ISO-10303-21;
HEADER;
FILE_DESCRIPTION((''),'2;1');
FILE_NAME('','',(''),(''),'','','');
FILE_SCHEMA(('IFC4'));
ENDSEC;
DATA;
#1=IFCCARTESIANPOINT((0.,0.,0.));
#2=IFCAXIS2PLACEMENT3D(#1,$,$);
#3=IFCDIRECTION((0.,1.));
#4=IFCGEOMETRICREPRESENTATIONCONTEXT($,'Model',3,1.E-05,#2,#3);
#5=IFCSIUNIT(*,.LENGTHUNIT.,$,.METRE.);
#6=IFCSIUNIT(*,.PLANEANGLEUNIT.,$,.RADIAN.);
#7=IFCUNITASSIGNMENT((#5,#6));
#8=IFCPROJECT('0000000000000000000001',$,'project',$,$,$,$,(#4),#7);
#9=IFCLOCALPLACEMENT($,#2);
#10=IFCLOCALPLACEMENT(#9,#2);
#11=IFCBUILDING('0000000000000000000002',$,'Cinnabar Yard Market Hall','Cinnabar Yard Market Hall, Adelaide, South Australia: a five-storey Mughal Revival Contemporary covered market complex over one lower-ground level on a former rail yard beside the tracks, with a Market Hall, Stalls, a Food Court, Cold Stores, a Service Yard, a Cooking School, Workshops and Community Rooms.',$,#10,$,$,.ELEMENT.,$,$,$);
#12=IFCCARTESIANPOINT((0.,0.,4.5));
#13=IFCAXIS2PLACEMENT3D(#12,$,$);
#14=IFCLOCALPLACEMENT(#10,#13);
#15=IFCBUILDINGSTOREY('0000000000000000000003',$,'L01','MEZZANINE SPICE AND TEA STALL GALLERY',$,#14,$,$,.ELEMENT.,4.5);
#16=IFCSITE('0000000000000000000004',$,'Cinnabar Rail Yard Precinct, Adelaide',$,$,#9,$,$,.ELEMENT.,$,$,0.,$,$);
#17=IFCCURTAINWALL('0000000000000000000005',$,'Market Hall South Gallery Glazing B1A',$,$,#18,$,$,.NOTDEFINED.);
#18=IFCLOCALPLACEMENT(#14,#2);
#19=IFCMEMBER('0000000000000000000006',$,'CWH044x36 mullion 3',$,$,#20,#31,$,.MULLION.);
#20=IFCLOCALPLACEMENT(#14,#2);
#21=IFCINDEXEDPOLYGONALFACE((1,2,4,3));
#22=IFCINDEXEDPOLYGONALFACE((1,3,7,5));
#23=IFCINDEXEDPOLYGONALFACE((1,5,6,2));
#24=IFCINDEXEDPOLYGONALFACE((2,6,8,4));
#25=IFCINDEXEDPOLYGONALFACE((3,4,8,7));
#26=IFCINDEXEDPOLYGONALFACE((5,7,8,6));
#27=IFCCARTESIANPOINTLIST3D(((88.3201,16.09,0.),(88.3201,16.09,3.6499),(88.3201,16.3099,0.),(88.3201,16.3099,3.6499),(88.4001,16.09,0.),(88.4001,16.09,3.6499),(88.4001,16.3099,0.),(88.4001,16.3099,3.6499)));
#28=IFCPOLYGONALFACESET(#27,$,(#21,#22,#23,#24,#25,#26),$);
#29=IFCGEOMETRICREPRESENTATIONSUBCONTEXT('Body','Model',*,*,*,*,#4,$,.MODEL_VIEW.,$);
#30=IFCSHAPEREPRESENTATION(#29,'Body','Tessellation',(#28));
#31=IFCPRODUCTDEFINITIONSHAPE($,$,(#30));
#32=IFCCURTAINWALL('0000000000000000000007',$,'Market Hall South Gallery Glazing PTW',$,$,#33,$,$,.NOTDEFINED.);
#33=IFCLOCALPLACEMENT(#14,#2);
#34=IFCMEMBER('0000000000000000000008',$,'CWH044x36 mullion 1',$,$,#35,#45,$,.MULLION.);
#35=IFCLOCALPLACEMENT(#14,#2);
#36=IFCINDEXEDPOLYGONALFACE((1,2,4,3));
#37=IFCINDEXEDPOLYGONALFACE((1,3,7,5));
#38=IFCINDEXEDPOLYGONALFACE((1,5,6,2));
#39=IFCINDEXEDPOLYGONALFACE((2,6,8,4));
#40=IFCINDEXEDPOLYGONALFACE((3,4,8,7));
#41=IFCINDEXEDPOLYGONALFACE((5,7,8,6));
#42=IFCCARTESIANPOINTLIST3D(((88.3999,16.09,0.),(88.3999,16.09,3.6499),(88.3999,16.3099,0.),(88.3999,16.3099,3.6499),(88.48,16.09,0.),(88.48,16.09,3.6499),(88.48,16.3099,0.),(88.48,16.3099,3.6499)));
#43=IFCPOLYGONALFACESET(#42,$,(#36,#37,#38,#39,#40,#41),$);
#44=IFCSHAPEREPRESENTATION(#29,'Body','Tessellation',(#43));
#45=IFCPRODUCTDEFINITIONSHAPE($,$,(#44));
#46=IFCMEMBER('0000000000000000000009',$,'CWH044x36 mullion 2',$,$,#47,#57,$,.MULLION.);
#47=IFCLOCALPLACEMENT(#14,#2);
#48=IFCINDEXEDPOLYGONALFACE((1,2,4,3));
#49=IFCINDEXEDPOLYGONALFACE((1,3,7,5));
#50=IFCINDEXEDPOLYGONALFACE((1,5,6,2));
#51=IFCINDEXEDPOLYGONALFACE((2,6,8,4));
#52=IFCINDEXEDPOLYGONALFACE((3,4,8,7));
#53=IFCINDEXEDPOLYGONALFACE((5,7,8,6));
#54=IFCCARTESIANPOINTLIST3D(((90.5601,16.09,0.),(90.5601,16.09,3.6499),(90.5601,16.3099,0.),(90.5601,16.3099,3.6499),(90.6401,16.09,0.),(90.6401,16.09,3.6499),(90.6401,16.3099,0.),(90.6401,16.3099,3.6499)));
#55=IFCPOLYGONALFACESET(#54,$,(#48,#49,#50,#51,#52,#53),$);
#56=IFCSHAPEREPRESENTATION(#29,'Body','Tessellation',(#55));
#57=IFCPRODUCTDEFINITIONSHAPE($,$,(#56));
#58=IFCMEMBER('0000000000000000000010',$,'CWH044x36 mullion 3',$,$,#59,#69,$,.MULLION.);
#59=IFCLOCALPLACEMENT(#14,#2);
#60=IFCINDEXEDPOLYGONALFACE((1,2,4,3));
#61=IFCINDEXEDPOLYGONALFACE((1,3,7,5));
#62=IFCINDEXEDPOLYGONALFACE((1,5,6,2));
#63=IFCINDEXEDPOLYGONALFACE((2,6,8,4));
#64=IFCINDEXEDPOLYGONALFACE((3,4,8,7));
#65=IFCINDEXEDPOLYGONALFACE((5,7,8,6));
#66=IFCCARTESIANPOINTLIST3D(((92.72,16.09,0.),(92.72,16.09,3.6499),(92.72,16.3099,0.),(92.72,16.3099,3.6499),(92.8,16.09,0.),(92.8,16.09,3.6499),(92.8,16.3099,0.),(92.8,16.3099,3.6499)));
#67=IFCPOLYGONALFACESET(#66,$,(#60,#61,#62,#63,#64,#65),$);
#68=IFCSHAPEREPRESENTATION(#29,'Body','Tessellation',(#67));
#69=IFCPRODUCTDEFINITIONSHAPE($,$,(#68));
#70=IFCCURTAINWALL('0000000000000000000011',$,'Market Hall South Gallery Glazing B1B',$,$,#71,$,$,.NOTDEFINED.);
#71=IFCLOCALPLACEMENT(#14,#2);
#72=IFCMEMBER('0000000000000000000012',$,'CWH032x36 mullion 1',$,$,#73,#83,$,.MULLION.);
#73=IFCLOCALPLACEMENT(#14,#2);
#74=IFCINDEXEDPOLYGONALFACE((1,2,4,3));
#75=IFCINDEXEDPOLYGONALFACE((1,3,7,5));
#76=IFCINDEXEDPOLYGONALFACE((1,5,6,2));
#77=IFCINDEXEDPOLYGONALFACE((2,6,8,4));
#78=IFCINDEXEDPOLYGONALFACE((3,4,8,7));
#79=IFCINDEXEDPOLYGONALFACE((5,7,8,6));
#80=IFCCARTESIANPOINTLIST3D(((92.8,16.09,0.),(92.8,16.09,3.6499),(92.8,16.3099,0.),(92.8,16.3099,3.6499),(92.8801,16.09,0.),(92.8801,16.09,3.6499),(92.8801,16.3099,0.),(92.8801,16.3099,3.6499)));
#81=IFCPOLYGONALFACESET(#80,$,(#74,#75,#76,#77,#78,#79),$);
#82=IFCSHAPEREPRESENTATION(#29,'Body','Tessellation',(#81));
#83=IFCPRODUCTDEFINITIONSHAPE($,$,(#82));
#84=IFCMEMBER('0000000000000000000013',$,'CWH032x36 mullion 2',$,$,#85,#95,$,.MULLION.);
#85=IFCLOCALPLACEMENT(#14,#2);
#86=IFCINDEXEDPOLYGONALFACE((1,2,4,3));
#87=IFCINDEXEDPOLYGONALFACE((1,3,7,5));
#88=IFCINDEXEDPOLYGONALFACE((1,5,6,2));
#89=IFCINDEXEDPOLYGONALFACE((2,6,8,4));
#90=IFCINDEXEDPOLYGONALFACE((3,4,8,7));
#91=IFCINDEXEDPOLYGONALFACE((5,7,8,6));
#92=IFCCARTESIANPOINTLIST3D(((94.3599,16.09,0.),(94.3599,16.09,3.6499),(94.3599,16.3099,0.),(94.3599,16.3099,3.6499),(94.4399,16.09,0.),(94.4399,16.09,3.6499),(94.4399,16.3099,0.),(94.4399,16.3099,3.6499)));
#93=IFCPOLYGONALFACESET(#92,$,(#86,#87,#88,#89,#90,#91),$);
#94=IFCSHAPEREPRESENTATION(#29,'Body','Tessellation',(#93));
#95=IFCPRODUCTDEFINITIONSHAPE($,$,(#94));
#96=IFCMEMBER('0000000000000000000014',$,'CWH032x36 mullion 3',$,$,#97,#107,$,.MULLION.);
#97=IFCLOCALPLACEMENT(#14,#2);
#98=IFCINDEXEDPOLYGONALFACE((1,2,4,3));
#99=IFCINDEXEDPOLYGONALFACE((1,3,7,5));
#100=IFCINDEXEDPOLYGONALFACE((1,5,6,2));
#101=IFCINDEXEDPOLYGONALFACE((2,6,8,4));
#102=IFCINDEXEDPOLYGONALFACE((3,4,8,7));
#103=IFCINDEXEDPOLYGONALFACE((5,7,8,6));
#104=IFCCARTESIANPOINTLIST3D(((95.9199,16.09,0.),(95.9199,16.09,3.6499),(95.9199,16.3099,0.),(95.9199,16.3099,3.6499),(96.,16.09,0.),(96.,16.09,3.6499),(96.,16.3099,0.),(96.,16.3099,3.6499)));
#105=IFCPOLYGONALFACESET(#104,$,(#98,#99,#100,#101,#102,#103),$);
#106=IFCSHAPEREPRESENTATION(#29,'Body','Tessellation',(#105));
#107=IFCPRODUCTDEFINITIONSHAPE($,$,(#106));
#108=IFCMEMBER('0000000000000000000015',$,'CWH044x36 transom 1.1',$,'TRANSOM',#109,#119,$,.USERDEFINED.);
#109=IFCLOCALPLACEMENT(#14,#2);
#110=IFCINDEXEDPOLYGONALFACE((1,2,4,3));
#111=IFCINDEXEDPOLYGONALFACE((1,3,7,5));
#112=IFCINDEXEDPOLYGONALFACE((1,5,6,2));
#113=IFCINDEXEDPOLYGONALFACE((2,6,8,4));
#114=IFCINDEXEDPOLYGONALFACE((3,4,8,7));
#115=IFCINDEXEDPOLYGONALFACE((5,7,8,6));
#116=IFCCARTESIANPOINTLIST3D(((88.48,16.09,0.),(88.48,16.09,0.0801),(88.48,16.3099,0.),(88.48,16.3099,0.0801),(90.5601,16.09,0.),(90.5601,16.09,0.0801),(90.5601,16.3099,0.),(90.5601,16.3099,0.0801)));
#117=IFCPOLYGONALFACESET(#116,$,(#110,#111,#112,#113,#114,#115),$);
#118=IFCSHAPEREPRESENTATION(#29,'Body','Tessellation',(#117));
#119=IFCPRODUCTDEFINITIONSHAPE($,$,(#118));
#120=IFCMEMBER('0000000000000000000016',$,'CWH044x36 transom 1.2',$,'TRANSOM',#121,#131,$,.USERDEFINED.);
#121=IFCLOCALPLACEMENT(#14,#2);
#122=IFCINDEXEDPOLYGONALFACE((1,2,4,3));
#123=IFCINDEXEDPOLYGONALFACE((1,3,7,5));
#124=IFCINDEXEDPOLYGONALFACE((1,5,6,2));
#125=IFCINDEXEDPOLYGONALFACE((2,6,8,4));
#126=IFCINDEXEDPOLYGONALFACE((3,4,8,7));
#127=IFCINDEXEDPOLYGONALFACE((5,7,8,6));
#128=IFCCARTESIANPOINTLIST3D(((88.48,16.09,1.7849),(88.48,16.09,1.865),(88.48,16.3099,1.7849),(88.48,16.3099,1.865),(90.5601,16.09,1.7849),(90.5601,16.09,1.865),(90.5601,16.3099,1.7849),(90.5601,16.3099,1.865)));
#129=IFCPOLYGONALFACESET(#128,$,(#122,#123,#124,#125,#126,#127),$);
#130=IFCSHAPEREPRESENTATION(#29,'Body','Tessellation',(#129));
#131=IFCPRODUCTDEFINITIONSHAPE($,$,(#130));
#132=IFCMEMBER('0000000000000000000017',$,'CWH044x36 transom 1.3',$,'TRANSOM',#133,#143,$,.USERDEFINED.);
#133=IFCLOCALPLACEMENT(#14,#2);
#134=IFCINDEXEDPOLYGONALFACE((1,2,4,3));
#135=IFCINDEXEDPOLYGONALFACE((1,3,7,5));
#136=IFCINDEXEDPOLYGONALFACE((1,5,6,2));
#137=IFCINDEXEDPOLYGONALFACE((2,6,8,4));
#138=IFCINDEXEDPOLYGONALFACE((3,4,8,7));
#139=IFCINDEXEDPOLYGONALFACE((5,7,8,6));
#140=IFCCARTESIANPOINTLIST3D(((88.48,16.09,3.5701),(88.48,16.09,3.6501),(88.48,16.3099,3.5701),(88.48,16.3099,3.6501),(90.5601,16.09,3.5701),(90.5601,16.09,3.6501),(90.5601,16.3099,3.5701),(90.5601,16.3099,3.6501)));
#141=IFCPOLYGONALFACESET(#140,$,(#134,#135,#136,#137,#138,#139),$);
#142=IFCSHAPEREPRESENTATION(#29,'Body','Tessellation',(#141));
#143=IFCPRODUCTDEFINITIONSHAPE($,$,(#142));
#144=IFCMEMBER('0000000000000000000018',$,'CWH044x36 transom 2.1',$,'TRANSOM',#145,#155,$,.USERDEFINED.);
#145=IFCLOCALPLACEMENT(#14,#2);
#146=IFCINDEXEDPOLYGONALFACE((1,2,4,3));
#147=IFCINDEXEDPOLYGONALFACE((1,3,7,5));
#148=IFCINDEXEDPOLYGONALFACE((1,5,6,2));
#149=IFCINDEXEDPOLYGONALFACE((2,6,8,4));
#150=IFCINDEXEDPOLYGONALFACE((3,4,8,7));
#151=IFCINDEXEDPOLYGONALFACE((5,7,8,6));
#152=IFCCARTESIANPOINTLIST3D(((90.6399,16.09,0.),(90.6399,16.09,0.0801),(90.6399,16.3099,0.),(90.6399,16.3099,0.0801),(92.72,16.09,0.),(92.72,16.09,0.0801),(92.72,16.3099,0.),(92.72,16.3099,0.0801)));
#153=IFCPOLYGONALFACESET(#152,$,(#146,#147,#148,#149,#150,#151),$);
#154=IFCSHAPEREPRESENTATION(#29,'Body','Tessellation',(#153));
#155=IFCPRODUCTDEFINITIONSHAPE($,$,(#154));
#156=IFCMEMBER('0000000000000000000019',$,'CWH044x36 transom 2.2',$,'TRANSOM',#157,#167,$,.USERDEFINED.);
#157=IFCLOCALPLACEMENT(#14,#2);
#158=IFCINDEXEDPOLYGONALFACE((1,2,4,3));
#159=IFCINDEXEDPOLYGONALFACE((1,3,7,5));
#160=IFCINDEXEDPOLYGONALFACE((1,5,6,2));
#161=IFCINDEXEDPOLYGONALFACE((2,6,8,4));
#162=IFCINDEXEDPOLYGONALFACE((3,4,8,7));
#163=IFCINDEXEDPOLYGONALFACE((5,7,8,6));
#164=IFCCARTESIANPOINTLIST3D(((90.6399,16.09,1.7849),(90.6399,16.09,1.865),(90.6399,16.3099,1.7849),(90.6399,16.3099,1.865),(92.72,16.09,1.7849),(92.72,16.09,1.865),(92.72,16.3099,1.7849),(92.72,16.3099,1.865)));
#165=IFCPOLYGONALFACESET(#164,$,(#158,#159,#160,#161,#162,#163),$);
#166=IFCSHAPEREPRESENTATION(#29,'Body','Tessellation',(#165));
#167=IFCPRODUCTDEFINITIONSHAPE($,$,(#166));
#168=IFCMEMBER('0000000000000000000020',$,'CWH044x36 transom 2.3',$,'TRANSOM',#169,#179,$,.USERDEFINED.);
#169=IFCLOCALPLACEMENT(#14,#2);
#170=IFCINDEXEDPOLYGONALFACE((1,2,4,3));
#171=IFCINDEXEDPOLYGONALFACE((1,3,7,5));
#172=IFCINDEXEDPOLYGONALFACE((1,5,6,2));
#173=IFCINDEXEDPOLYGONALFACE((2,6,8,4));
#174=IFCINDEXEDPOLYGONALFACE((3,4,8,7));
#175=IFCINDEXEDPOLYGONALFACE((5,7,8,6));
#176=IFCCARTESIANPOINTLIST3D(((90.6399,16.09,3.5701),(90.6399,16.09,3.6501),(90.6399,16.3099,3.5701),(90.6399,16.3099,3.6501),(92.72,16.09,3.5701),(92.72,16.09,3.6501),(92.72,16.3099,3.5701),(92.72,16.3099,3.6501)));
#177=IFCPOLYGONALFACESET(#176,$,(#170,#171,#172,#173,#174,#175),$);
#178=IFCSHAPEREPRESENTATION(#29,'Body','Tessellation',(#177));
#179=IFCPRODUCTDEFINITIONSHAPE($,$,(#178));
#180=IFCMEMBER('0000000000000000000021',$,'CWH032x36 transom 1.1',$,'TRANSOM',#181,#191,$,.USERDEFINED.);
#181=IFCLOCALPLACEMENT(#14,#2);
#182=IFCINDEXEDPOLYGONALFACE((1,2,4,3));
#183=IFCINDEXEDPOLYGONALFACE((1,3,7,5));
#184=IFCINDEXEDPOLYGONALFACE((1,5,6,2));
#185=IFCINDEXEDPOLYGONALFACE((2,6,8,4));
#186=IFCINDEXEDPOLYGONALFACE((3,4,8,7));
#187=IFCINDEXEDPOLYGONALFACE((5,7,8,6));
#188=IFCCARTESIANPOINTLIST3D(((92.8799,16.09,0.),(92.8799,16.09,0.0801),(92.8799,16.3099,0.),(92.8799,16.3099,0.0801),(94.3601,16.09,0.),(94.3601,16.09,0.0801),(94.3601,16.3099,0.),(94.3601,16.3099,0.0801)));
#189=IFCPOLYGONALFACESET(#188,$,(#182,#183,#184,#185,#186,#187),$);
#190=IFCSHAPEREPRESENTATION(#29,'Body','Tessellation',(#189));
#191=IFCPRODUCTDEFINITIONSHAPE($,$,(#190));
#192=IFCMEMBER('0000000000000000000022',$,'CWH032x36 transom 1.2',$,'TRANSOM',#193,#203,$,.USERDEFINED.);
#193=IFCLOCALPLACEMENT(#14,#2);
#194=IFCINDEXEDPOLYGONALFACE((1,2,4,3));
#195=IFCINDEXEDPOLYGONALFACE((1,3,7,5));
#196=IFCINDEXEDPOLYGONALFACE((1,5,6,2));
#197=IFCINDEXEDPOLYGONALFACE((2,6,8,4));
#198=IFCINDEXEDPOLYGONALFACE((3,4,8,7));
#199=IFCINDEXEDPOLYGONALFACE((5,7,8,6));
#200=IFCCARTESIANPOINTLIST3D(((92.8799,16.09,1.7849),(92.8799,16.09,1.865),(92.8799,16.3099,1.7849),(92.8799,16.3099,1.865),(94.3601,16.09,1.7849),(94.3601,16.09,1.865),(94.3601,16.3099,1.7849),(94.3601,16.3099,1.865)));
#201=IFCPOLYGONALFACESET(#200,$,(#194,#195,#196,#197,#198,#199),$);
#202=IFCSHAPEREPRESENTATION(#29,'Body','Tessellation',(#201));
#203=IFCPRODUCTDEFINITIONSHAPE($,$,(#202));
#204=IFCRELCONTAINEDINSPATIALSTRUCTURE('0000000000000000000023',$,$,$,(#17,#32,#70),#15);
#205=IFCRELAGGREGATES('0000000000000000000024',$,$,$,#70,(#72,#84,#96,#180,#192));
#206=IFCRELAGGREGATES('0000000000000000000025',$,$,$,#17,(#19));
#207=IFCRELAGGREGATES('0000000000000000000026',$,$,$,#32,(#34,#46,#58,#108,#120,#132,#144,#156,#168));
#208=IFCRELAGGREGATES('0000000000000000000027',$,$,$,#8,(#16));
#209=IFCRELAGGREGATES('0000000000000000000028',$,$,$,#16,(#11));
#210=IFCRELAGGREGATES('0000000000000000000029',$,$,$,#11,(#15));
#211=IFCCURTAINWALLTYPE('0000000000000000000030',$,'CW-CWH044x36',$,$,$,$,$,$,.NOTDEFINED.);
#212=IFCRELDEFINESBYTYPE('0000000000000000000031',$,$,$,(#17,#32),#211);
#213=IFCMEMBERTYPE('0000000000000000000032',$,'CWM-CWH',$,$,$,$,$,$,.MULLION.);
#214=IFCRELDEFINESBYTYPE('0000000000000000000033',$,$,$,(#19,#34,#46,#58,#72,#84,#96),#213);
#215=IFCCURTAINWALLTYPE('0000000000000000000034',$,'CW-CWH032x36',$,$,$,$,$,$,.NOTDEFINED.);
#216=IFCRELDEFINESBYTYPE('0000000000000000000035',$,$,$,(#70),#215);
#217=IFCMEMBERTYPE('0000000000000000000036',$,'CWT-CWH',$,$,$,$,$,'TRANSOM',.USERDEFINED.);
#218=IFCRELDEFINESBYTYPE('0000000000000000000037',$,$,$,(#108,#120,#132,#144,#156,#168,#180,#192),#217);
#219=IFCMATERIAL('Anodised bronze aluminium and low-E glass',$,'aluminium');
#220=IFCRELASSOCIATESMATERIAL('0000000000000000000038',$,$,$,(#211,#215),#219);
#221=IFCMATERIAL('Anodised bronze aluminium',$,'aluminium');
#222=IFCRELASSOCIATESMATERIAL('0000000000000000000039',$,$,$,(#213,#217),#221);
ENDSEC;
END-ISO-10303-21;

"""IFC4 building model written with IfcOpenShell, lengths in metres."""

from ifc_helpers import new_model, si_unit, direction, frame, origin, origin_2d_with_axis, place, context, subcontext, project, spatial, rectangle, extrude, material, material_profile, profile_set, type_object, element, aggregate, save


model = new_model("IFC4")

# Units and contexts
model_context = context("Model", 3, precision=1e-05, world=origin(), true_north=direction((0.0, 1.0)))
body_context = subcontext(model_context, "Body", "Model", "MODEL_VIEW")
ifc_project = project(units=[si_unit("LENGTHUNIT", "METRE"), si_unit("PLANEANGLEUNIT", "RADIAN")], contexts=[model_context])

# Site, building, storey
site_placement = place(None, origin())
site = spatial("IfcSite", under=ifc_project, at=site_placement, Name="Cinnabar Rail Yard Precinct, Adelaide", CompositionType="ELEMENT", RefElevation=0.0)
building_placement = place(site_placement, origin())
building = spatial("IfcBuilding", under=site, at=building_placement, Name="Cinnabar Yard Market Hall", Description="Cinnabar Yard Market Hall, Adelaide, South Australia: a five-storey Mughal Revival Contemporary covered market complex over one lower-ground level on a former rail yard beside the tracks, with a Market Hall, Stalls, a Food Court, Cold Stores, a Service Yard, a Cooking School, Workshops and Community Rooms.", CompositionType="ELEMENT")
storey_placement = place(building_placement, frame((0.0, 0.0, 4.5)))
storey = spatial("IfcBuildingStorey", under=building, at=storey_placement, Name="L01", Description="MEZZANINE SPICE AND TEA STALL GALLERY", CompositionType="ELEMENT", Elevation=4.5)

# Curtain wall, member
ifc_material_1 = material(Name="Anodised bronze aluminium and low-E glass", Category="aluminium")
curtain_wall_type_1 = type_object("IfcCurtainWallType", Name="CW-CWH044x36", PredefinedType="NOTDEFINED", material=ifc_material_1)
curtain_wall_1_placement = place(storey_placement, origin())
curtain_wall_1 = element("IfcCurtainWall", 1, at=curtain_wall_1_placement, inside=storey, type_object=curtain_wall_type_1, Name="Market Hall South Gallery Glazing B1A", PredefinedType="NOTDEFINED")
ifc_material_2 = material(Name="Anodised bronze aluminium", Category="aluminium")
ifc_material_profile_1 = material_profile(ifc_material_2, rectangle(XDim=0.22, YDim=0.0801, at=origin_2d_with_axis()), Name="MUL-CWH")
ifc_profile_set_1 = profile_set([ifc_material_profile_1], Name="Anodised bronze aluminium")
member_type_1 = type_object("IfcMemberType", Name="CWM-CWH", PredefinedType="MULLION", material=ifc_profile_set_1)
member_1_placement = place(storey_placement, frame((88.3601, 16.2, 0.0), z_axis=(0.0, 0.0, 1.0), x_axis=(0.0, 1.0, 0.0)))
member_1 = element("IfcMember", 2, at=member_1_placement, type_object=member_type_1, Name="CWH044x36 mullion 3", PredefinedType="MULLION", context=body_context, shape_type="SweptSolid", body=[
    extrude(rectangle(XDim=0.22, YDim=0.0801, at=origin_2d_with_axis()), origin(), (0.0, 0.0, 1.0), 3.6499),
])

# Curtain walls, members
curtain_wall_2_placement = place(storey_placement, origin())
curtain_wall_2 = element("IfcCurtainWall", 3, at=curtain_wall_2_placement, inside=storey, type_object=curtain_wall_type_1, Name="Market Hall South Gallery Glazing PTW", PredefinedType="NOTDEFINED")
member_2_placement = place(storey_placement, frame((88.4399, 16.2, 0.0), z_axis=(0.0, 0.0, 1.0), x_axis=(0.0, 1.0, 0.0)))
member_2 = element("IfcMember", 4, at=member_2_placement, type_object=member_type_1, Name="CWH044x36 mullion 1", PredefinedType="MULLION", context=body_context, shape_type="SweptSolid", body=[
    extrude(rectangle(XDim=0.22, YDim=0.0801, at=origin_2d_with_axis()), origin(), (0.0, 0.0, 1.0), 3.6499),
])
member_3_placement = place(storey_placement, frame((90.6001, 16.2, 0.0), z_axis=(0.0, 0.0, 1.0), x_axis=(0.0, 1.0, 0.0)))
member_3 = element("IfcMember", 5, at=member_3_placement, type_object=member_type_1, Name="CWH044x36 mullion 2", PredefinedType="MULLION", context=body_context, shape_type="SweptSolid", body=[
    extrude(rectangle(XDim=0.22, YDim=0.0801, at=origin_2d_with_axis()), origin(), (0.0, 0.0, 1.0), 3.6499),
])
member_4_placement = place(storey_placement, frame((92.76, 16.2, 0.0), z_axis=(0.0, 0.0, 1.0), x_axis=(0.0, 1.0, 0.0)))
member_4 = element("IfcMember", 6, at=member_4_placement, type_object=member_type_1, Name="CWH044x36 mullion 3", PredefinedType="MULLION", context=body_context, shape_type="SweptSolid", body=[
    extrude(rectangle(XDim=0.22, YDim=0.0801, at=origin_2d_with_axis()), origin(), (0.0, 0.0, 1.0), 3.6499),
])
curtain_wall_type_2 = type_object("IfcCurtainWallType", Name="CW-CWH032x36", PredefinedType="NOTDEFINED", material=ifc_material_1)
curtain_wall_3_placement = place(storey_placement, origin())
curtain_wall_3 = element("IfcCurtainWall", 7, at=curtain_wall_3_placement, inside=storey, type_object=curtain_wall_type_2, Name="Market Hall South Gallery Glazing B1B", PredefinedType="NOTDEFINED")
member_5_placement = place(storey_placement, frame((92.8401, 16.2, 0.0), z_axis=(0.0, 0.0, 1.0), x_axis=(0.0, 1.0, 0.0)))
member_5 = element("IfcMember", 8, at=member_5_placement, type_object=member_type_1, Name="CWH032x36 mullion 1", PredefinedType="MULLION", context=body_context, shape_type="SweptSolid", body=[
    extrude(rectangle(XDim=0.22, YDim=0.0801, at=origin_2d_with_axis()), origin(), (0.0, 0.0, 1.0), 3.6499),
])
member_6_placement = place(storey_placement, frame((94.3999, 16.2, 0.0), z_axis=(0.0, 0.0, 1.0), x_axis=(0.0, 1.0, 0.0)))
member_6 = element("IfcMember", 9, at=member_6_placement, type_object=member_type_1, Name="CWH032x36 mullion 2", PredefinedType="MULLION", context=body_context, shape_type="SweptSolid", body=[
    extrude(rectangle(XDim=0.22, YDim=0.0801, at=origin_2d_with_axis()), origin(), (0.0, 0.0, 1.0), 3.6499),
])
member_7_placement = place(storey_placement, frame((95.96, 16.2, 0.0), z_axis=(0.0, 0.0, 1.0), x_axis=(0.0, 1.0, 0.0)))
member_7 = element("IfcMember", 10, at=member_7_placement, type_object=member_type_1, Name="CWH032x36 mullion 3", PredefinedType="MULLION", context=body_context, shape_type="SweptSolid", body=[
    extrude(rectangle(XDim=0.22, YDim=0.0801, at=origin_2d_with_axis()), origin(), (0.0, 0.0, 1.0), 3.6499),
])

# Members
ifc_material_profile_2 = material_profile(ifc_material_2, rectangle(XDim=0.22, YDim=0.0801, at=origin_2d_with_axis()), Name="TRN-CWH")
ifc_profile_set_2 = profile_set([ifc_material_profile_2], Name="Anodised bronze aluminium")
member_type_2 = type_object("IfcMemberType", Name="CWT-CWH", ElementType="TRANSOM", PredefinedType="USERDEFINED", material=ifc_profile_set_2)
member_8_placement = place(storey_placement, frame((88.48, 16.2, 0.04), z_axis=(1.0, 0.0, 0.0), x_axis=(0.0, 1.0, 0.0)))
member_8 = element("IfcMember", 11, at=member_8_placement, type_object=member_type_2, Name="CWH044x36 transom 1.1", ObjectType="TRANSOM", PredefinedType="USERDEFINED", context=body_context, shape_type="SweptSolid", body=[
    extrude(rectangle(XDim=0.22, YDim=0.0801, at=origin_2d_with_axis()), origin(), (0.0, 0.0, 1.0), 2.0801),
])
member_9_placement = place(storey_placement, frame((88.48, 16.2, 1.825), z_axis=(1.0, 0.0, 0.0), x_axis=(0.0, 1.0, 0.0)))
member_9 = element("IfcMember", 12, at=member_9_placement, type_object=member_type_2, Name="CWH044x36 transom 1.2", ObjectType="TRANSOM", PredefinedType="USERDEFINED", context=body_context, shape_type="SweptSolid", body=[
    extrude(rectangle(XDim=0.22, YDim=0.0801, at=origin_2d_with_axis()), origin(), (0.0, 0.0, 1.0), 2.0801),
])
member_10_placement = place(storey_placement, frame((88.48, 16.2, 3.6101), z_axis=(1.0, 0.0, 0.0), x_axis=(0.0, 1.0, 0.0)))
member_10 = element("IfcMember", 13, at=member_10_placement, type_object=member_type_2, Name="CWH044x36 transom 1.3", ObjectType="TRANSOM", PredefinedType="USERDEFINED", context=body_context, shape_type="SweptSolid", body=[
    extrude(rectangle(XDim=0.22, YDim=0.0801, at=origin_2d_with_axis()), origin(), (0.0, 0.0, 1.0), 2.0801),
])
member_11_placement = place(storey_placement, frame((90.6399, 16.2, 0.04), z_axis=(1.0, 0.0, 0.0), x_axis=(0.0, 1.0, 0.0)))
member_11 = element("IfcMember", 14, at=member_11_placement, type_object=member_type_2, Name="CWH044x36 transom 2.1", ObjectType="TRANSOM", PredefinedType="USERDEFINED", context=body_context, shape_type="SweptSolid", body=[
    extrude(rectangle(XDim=0.22, YDim=0.0801, at=origin_2d_with_axis()), origin(), (0.0, 0.0, 1.0), 2.0801),
])
member_12_placement = place(storey_placement, frame((90.6399, 16.2, 1.825), z_axis=(1.0, 0.0, 0.0), x_axis=(0.0, 1.0, 0.0)))
member_12 = element("IfcMember", 15, at=member_12_placement, type_object=member_type_2, Name="CWH044x36 transom 2.2", ObjectType="TRANSOM", PredefinedType="USERDEFINED", context=body_context, shape_type="SweptSolid", body=[
    extrude(rectangle(XDim=0.22, YDim=0.0801, at=origin_2d_with_axis()), origin(), (0.0, 0.0, 1.0), 2.0801),
])
member_13_placement = place(storey_placement, frame((90.6399, 16.2, 3.6101), z_axis=(1.0, 0.0, 0.0), x_axis=(0.0, 1.0, 0.0)))
member_13 = element("IfcMember", 16, at=member_13_placement, type_object=member_type_2, Name="CWH044x36 transom 2.3", ObjectType="TRANSOM", PredefinedType="USERDEFINED", context=body_context, shape_type="SweptSolid", body=[
    extrude(rectangle(XDim=0.22, YDim=0.0801, at=origin_2d_with_axis()), origin(), (0.0, 0.0, 1.0), 2.0801),
])
member_14_placement = place(storey_placement, frame((92.8799, 16.2, 0.04), z_axis=(1.0, 0.0, 0.0), x_axis=(0.0, 1.0, 0.0)))
member_14 = element("IfcMember", 17, at=member_14_placement, type_object=member_type_2, Name="CWH032x36 transom 1.1", ObjectType="TRANSOM", PredefinedType="USERDEFINED", context=body_context, shape_type="SweptSolid", body=[
    extrude(rectangle(XDim=0.22, YDim=0.0801, at=origin_2d_with_axis()), origin(), (0.0, 0.0, 1.0), 1.4802),
])
member_15_placement = place(storey_placement, frame((92.8799, 16.2, 1.825), z_axis=(1.0, 0.0, 0.0), x_axis=(0.0, 1.0, 0.0)))
member_15 = element("IfcMember", 18, at=member_15_placement, type_object=member_type_2, Name="CWH032x36 transom 1.2", ObjectType="TRANSOM", PredefinedType="USERDEFINED", context=body_context, shape_type="SweptSolid", body=[
    extrude(rectangle(XDim=0.22, YDim=0.0801, at=origin_2d_with_axis()), origin(), (0.0, 0.0, 1.0), 1.4802),
])

aggregate(curtain_wall_3, [member_5, member_6, member_7, member_14, member_15])
aggregate(curtain_wall_1, [member_1])
aggregate(curtain_wall_2, [member_2, member_3, member_4, member_8, member_9, member_10, member_11, member_12, member_13])

save(model, "model.ifc")
